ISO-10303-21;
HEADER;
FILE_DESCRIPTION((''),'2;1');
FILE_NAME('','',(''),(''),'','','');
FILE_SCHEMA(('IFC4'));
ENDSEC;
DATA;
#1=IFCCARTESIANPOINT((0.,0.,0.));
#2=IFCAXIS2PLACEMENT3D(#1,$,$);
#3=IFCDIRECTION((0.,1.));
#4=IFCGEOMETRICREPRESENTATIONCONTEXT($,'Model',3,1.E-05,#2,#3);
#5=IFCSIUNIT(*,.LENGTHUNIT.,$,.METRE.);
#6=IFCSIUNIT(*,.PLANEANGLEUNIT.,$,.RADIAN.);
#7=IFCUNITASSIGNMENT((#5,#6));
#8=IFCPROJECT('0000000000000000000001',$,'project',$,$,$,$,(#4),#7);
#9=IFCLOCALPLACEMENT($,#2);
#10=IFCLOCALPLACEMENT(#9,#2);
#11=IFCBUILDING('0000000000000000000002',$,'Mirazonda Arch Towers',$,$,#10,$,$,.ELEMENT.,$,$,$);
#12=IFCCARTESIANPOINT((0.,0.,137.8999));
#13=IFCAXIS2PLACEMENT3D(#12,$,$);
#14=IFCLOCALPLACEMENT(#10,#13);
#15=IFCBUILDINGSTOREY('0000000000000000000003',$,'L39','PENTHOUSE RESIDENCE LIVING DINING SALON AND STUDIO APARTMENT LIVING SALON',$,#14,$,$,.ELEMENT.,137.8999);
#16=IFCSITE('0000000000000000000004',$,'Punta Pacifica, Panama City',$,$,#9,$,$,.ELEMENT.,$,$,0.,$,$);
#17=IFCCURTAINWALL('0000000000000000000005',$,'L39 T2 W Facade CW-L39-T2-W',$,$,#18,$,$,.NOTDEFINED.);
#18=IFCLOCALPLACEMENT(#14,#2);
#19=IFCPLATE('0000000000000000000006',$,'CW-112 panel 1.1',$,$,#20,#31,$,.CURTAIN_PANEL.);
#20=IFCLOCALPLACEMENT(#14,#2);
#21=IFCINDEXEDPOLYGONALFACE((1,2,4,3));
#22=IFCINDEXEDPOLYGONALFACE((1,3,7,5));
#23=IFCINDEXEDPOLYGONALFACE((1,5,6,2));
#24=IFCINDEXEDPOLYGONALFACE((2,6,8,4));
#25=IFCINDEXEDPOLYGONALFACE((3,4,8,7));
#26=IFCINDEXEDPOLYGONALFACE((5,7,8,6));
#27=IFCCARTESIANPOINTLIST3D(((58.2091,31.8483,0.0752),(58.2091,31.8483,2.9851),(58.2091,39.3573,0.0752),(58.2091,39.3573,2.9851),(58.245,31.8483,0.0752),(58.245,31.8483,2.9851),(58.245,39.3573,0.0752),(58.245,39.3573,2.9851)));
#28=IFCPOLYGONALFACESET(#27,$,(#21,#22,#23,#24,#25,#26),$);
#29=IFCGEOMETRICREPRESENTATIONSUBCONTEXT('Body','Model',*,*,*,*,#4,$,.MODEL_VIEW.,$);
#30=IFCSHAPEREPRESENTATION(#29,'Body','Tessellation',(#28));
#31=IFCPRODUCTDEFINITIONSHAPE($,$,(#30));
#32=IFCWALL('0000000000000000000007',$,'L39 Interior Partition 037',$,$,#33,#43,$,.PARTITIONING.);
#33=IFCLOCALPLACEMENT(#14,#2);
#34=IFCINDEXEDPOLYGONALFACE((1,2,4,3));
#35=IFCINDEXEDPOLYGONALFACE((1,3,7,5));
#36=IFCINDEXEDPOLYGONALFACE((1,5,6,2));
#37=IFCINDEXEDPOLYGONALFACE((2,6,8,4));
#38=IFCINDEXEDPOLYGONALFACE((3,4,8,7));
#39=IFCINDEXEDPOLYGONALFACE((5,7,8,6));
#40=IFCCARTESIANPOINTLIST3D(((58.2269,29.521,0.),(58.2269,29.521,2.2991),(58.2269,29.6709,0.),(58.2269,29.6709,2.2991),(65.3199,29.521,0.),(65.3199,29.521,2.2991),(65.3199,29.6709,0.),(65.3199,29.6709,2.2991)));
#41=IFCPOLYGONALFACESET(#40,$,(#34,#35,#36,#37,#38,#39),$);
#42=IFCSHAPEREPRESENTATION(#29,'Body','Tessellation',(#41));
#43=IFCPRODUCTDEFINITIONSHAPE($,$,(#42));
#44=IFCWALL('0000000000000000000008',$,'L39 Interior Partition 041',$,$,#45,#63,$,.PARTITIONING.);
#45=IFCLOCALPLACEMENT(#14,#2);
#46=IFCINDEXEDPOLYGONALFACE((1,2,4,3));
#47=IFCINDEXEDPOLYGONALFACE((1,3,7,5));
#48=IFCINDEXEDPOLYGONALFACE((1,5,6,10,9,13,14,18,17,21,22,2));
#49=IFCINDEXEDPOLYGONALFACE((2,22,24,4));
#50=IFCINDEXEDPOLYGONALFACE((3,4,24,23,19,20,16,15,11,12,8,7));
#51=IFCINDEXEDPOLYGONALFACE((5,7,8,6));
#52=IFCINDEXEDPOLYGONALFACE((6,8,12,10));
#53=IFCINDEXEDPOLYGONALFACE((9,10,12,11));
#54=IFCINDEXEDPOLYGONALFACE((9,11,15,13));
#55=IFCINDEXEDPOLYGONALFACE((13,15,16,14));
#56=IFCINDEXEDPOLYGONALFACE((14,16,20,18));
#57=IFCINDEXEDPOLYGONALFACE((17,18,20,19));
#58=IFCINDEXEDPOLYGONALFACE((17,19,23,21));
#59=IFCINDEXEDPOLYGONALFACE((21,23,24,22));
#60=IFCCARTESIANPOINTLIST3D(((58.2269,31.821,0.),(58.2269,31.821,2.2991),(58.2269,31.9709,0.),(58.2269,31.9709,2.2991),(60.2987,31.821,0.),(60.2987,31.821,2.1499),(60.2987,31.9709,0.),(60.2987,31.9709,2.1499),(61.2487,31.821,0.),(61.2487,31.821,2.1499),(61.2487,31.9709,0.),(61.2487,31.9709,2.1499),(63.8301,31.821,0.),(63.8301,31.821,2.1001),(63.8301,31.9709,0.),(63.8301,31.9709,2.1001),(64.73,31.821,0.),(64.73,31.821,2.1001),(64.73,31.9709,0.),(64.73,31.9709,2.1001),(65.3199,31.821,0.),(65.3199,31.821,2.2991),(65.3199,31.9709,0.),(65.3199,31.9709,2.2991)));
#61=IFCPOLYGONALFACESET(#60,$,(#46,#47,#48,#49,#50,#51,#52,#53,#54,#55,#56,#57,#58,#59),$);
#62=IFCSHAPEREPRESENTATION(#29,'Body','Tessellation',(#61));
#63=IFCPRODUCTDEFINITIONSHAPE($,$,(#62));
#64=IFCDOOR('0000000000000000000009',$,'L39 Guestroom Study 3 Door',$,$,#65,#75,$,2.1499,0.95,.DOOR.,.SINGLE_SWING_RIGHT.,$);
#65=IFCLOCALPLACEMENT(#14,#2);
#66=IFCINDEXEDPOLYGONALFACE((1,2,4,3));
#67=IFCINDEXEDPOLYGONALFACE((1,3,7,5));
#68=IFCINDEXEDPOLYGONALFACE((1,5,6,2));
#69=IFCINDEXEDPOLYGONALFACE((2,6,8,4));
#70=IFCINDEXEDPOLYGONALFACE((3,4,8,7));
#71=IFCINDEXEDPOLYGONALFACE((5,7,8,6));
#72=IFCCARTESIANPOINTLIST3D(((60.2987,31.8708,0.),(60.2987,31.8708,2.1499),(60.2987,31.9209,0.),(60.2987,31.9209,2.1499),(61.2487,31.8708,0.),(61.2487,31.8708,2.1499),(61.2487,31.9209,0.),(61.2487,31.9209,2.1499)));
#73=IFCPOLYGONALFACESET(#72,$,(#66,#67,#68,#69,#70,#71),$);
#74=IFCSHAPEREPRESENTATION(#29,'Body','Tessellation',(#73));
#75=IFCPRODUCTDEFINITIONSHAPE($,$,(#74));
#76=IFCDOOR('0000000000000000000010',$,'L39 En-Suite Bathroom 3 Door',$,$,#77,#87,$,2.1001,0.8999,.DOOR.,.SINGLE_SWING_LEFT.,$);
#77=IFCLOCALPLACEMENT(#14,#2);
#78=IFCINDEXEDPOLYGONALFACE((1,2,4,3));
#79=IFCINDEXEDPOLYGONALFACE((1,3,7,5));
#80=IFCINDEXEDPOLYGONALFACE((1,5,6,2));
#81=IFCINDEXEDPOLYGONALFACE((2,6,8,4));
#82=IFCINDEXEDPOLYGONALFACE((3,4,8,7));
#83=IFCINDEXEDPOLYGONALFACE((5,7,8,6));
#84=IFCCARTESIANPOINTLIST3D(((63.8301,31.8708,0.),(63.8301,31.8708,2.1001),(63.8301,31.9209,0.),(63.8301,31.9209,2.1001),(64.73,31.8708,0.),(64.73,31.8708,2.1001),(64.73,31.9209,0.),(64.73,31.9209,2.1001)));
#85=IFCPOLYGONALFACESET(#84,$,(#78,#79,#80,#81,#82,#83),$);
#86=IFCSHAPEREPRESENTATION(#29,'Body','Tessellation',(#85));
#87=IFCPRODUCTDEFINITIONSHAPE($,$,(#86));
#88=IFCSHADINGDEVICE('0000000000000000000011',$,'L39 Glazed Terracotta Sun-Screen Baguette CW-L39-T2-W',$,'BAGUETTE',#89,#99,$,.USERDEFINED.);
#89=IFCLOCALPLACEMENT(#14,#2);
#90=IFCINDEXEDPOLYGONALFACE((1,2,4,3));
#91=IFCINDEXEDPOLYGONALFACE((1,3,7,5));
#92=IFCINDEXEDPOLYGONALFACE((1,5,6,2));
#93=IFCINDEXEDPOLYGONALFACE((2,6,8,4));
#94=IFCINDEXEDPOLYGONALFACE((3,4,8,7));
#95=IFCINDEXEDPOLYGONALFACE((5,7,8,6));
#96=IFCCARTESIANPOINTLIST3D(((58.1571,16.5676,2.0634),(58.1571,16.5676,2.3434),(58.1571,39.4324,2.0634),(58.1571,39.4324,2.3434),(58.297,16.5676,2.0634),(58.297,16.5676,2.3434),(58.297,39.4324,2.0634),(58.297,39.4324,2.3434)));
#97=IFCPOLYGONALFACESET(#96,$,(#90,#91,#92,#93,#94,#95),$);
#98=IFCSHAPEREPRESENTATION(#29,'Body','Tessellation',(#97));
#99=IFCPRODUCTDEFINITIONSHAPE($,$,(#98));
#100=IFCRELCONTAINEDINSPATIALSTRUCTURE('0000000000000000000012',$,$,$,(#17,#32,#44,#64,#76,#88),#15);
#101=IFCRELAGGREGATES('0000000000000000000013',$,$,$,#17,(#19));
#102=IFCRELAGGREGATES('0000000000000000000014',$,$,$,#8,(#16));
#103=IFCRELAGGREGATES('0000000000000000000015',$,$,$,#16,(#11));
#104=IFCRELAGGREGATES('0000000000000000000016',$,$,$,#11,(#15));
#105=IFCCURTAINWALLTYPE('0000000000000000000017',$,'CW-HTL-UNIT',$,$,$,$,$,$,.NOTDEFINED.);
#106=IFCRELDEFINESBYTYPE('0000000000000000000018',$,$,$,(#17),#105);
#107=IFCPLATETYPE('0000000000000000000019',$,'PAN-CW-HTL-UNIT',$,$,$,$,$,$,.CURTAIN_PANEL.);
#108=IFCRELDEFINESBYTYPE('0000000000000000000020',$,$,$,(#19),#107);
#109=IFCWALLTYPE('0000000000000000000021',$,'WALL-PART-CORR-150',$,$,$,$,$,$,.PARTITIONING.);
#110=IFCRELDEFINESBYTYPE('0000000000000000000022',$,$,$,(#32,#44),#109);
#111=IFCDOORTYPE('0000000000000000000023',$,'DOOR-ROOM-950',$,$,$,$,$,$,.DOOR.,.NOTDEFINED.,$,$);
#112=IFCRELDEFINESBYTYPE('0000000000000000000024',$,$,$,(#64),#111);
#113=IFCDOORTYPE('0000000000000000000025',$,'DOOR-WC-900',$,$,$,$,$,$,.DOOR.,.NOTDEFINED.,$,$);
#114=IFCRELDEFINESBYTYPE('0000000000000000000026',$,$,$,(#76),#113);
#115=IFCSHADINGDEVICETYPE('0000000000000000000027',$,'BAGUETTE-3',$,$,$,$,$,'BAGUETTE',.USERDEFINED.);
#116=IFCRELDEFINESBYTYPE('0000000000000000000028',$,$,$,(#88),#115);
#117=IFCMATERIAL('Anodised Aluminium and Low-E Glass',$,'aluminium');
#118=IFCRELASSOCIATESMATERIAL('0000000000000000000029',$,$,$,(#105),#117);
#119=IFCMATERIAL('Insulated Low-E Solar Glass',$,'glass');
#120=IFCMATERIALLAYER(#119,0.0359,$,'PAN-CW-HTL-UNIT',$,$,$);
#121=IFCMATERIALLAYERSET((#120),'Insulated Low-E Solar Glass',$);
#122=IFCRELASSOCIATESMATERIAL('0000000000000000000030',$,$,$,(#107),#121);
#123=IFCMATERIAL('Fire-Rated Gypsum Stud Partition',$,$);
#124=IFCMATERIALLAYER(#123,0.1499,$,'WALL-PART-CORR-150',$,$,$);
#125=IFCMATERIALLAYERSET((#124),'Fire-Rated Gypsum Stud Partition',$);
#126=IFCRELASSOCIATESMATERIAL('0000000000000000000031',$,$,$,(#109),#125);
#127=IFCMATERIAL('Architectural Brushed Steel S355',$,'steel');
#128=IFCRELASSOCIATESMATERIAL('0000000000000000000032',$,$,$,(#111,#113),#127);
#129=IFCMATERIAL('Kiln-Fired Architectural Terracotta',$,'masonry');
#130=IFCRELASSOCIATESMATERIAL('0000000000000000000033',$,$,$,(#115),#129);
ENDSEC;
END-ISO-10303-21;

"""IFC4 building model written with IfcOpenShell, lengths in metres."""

from ifc_helpers import new_model, si_unit, direction, frame, frame_2d, origin, origin_2d, place, context, subcontext, project, spatial, rectangle, extrude, material, layer, layer_set, material_profile, profile_set, type_object, element, fill, aggregate, save


model = new_model("IFC4")

# Units and contexts
model_context = context("Model", 3, precision=1e-05, world=origin(), true_north=direction((0.0, 1.0)))
body_context = subcontext(model_context, "Body", "Model", "MODEL_VIEW")
ifc_project = project(units=[si_unit("LENGTHUNIT", "METRE"), si_unit("PLANEANGLEUNIT", "RADIAN")], contexts=[model_context])

# Site, building, storey
site_placement = place(None, origin())
site = spatial("IfcSite", under=ifc_project, at=site_placement, Name="Punta Pacifica, Panama City", CompositionType="ELEMENT", RefElevation=0.0)
building_placement = place(site_placement, origin())
building = spatial("IfcBuilding", under=site, at=building_placement, Name="Mirazonda Arch Towers", CompositionType="ELEMENT")
storey_placement = place(building_placement, frame((0.0, 0.0, 137.8999)))
storey = spatial("IfcBuildingStorey", under=building, at=storey_placement, Name="L39", Description="PENTHOUSE RESIDENCE LIVING DINING SALON AND STUDIO APARTMENT LIVING SALON", CompositionType="ELEMENT", Elevation=137.8999)

# Curtain wall, plate
ifc_material_1 = material(Name="Anodised Aluminium and Low-E Glass", Category="aluminium")
curtain_wall_type = type_object("IfcCurtainWallType", Name="CW-HTL-UNIT", PredefinedType="NOTDEFINED", material=ifc_material_1)
curtain_wall_placement = place(storey_placement, origin())
curtain_wall = element("IfcCurtainWall", 1, at=curtain_wall_placement, inside=storey, type_object=curtain_wall_type, Name="L39 T2 W Facade CW-L39-T2-W", PredefinedType="NOTDEFINED")
ifc_material_2 = material(Name="Insulated Low-E Solar Glass", Category="glass")
ifc_layer_1 = layer(ifc_material_2, 0.0359, Name="PAN-CW-HTL-UNIT")
ifc_layer_set_1 = layer_set([ifc_layer_1], Name="Insulated Low-E Solar Glass")
plate_type = type_object("IfcPlateType", Name="PAN-CW-HTL-UNIT", PredefinedType="CURTAIN_PANEL", material=ifc_layer_set_1)
plate_placement = place(storey_placement, frame((58.2271, 35.6028, 0.0752), z_axis=(0.0, 0.0, 1.0), x_axis=(0.0, -1.0, 0.0)))
plate = element("IfcPlate", 2, at=plate_placement, type_object=plate_type, Name="CW-112 panel 1.1", PredefinedType="CURTAIN_PANEL", context=body_context, shape_type="SweptSolid", body=[
    extrude(rectangle(XDim=7.509, YDim=0.0359, at=origin_2d()), origin(), (0.0, 0.0, 1.0), 2.9099),
])
aggregate(curtain_wall, [plate])

# Wall
ifc_material_3 = material(Name="Fire-Rated Gypsum Stud Partition")
ifc_layer_2 = layer(ifc_material_3, 0.1499, Name="WALL-PART-CORR-150")
ifc_layer_set_2 = layer_set([ifc_layer_2], Name="Fire-Rated Gypsum Stud Partition")
wall_type = type_object("IfcWallType", Name="WALL-PART-CORR-150", PredefinedType="PARTITIONING", material=ifc_layer_set_2)
wall_1_placement = place(storey_placement, frame((58.2271, 29.5959, 0.0), z_axis=(0.0, 0.0, 1.0), x_axis=(1.0, 0.0, 0.0)))
element("IfcWall", 3, at=wall_1_placement, inside=storey, type_object=wall_type, Name="L39 Interior Partition 037", PredefinedType="PARTITIONING", context=body_context, shape_type="SweptSolid", body=[
    extrude(rectangle(XDim=7.093, YDim=0.1499, at=frame_2d((3.5464, 0.0))), origin(), (0.0, 0.0, 1.0), 2.2991),
])

# Wall, openings, doors
wall_2_placement = place(storey_placement, frame((58.2271, 31.896, 0.0), z_axis=(0.0, 0.0, 1.0), x_axis=(1.0, 0.0, 0.0)))
wall_2 = element("IfcWall", 4, at=wall_2_placement, inside=storey, type_object=wall_type, Name="L39 Interior Partition 041", PredefinedType="PARTITIONING", context=body_context, shape_type="SweptSolid", body=[
    extrude(rectangle(XDim=7.093, YDim=0.1499, at=frame_2d((3.5464, 0.0))), origin(), (0.0, 0.0, 1.0), 2.2991),
])
opening_1_placement = place(wall_2_placement, frame((2.0715, 0.0, 0.0)))
opening_1 = element("IfcOpeningElement", 5, at=opening_1_placement, cuts=wall_2, PredefinedType="OPENING", context=body_context, shape_type="SweptSolid", body=[
    extrude(rectangle(XDim=0.95, YDim=2.1499, at=frame_2d((0.4751, 1.075))), frame((0.0, 0.085, 0.0), z_axis=(0.0, -1.0, 0.0), x_axis=(1.0, 0.0, 0.0)), (0.0, 0.0, 1.0), 0.1699),
])
opening_2_placement = place(wall_2_placement, frame((5.603, 0.0, 0.0)))
opening_2 = element("IfcOpeningElement", 6, at=opening_2_placement, cuts=wall_2, PredefinedType="OPENING", context=body_context, shape_type="SweptSolid", body=[
    extrude(rectangle(XDim=0.8999, YDim=2.1001, at=frame_2d((0.45, 1.05))), frame((0.0, 0.085, 0.0), z_axis=(0.0, -1.0, 0.0), x_axis=(1.0, 0.0, 0.0)), (0.0, 0.0, 1.0), 0.1699),
])
ifc_material_4 = material(Name="Architectural Brushed Steel S355", Category="steel")
door_type_1 = type_object("IfcDoorType", Name="DOOR-ROOM-950", OperationType="NOTDEFINED", PredefinedType="DOOR", material=ifc_material_4)
door_1_placement = place(opening_1_placement, origin())
door_1 = element("IfcDoor", 7, at=door_1_placement, inside=storey, type_object=door_type_1, Name="L39 Guestroom Study 3 Door", OperationType="SINGLE_SWING_RIGHT", OverallHeight=2.1499, OverallWidth=0.95, PredefinedType="DOOR", context=body_context, shape_type="SweptSolid", body=[
    extrude(rectangle(XDim=0.95, YDim=2.1499, at=frame_2d((0.4751, 1.075))), frame((0.0, 0.0249, 0.0), z_axis=(0.0, -1.0, 0.0), x_axis=(1.0, 0.0, 0.0)), (0.0, 0.0, 1.0), 0.05),
])
fill(opening_1, door_1)
door_type_2 = type_object("IfcDoorType", Name="DOOR-WC-900", OperationType="NOTDEFINED", PredefinedType="DOOR", material=ifc_material_4)
door_2_placement = place(opening_2_placement, origin())
door_2 = element("IfcDoor", 8, at=door_2_placement, inside=storey, type_object=door_type_2, Name="L39 En-Suite Bathroom 3 Door", OperationType="SINGLE_SWING_LEFT", OverallHeight=2.1001, OverallWidth=0.8999, PredefinedType="DOOR", context=body_context, shape_type="SweptSolid", body=[
    extrude(rectangle(XDim=0.8999, YDim=2.1001, at=frame_2d((0.45, 1.05))), frame((0.0, 0.0249, 0.0), z_axis=(0.0, -1.0, 0.0), x_axis=(1.0, 0.0, 0.0)), (0.0, 0.0, 1.0), 0.05),
])
fill(opening_2, door_2)

# Shading device
ifc_material_5 = material(Name="Kiln-Fired Architectural Terracotta", Category="masonry")
ifc_material_profile_1 = material_profile(ifc_material_5, rectangle(XDim=0.1399, YDim=0.28, at=origin_2d()), Name="TERRA-BAG-140x280")
ifc_profile_set_1 = profile_set([ifc_material_profile_1], Name="Kiln-Fired Architectural Terracotta")
shading_device_type = type_object("IfcShadingDeviceType", Name="BAGUETTE-3", ElementType="BAGUETTE", PredefinedType="USERDEFINED", material=ifc_profile_set_1)
shading_device_placement = place(storey_placement, frame((58.2271, 39.4324, 2.2034), z_axis=(0.0, -1.0, 0.0), x_axis=(1.0, 0.0, 0.0)))
element("IfcShadingDevice", 9, at=shading_device_placement, inside=storey, type_object=shading_device_type, Name="L39 Glazed Terracotta Sun-Screen Baguette CW-L39-T2-W", ObjectType="BAGUETTE", PredefinedType="USERDEFINED", context=body_context, shape_type="SweptSolid", body=[
    extrude(rectangle(XDim=0.1399, YDim=0.28, at=origin_2d()), origin(), (0.0, 0.0, 1.0), 22.8647),
])

save(model, "model.ifc")
